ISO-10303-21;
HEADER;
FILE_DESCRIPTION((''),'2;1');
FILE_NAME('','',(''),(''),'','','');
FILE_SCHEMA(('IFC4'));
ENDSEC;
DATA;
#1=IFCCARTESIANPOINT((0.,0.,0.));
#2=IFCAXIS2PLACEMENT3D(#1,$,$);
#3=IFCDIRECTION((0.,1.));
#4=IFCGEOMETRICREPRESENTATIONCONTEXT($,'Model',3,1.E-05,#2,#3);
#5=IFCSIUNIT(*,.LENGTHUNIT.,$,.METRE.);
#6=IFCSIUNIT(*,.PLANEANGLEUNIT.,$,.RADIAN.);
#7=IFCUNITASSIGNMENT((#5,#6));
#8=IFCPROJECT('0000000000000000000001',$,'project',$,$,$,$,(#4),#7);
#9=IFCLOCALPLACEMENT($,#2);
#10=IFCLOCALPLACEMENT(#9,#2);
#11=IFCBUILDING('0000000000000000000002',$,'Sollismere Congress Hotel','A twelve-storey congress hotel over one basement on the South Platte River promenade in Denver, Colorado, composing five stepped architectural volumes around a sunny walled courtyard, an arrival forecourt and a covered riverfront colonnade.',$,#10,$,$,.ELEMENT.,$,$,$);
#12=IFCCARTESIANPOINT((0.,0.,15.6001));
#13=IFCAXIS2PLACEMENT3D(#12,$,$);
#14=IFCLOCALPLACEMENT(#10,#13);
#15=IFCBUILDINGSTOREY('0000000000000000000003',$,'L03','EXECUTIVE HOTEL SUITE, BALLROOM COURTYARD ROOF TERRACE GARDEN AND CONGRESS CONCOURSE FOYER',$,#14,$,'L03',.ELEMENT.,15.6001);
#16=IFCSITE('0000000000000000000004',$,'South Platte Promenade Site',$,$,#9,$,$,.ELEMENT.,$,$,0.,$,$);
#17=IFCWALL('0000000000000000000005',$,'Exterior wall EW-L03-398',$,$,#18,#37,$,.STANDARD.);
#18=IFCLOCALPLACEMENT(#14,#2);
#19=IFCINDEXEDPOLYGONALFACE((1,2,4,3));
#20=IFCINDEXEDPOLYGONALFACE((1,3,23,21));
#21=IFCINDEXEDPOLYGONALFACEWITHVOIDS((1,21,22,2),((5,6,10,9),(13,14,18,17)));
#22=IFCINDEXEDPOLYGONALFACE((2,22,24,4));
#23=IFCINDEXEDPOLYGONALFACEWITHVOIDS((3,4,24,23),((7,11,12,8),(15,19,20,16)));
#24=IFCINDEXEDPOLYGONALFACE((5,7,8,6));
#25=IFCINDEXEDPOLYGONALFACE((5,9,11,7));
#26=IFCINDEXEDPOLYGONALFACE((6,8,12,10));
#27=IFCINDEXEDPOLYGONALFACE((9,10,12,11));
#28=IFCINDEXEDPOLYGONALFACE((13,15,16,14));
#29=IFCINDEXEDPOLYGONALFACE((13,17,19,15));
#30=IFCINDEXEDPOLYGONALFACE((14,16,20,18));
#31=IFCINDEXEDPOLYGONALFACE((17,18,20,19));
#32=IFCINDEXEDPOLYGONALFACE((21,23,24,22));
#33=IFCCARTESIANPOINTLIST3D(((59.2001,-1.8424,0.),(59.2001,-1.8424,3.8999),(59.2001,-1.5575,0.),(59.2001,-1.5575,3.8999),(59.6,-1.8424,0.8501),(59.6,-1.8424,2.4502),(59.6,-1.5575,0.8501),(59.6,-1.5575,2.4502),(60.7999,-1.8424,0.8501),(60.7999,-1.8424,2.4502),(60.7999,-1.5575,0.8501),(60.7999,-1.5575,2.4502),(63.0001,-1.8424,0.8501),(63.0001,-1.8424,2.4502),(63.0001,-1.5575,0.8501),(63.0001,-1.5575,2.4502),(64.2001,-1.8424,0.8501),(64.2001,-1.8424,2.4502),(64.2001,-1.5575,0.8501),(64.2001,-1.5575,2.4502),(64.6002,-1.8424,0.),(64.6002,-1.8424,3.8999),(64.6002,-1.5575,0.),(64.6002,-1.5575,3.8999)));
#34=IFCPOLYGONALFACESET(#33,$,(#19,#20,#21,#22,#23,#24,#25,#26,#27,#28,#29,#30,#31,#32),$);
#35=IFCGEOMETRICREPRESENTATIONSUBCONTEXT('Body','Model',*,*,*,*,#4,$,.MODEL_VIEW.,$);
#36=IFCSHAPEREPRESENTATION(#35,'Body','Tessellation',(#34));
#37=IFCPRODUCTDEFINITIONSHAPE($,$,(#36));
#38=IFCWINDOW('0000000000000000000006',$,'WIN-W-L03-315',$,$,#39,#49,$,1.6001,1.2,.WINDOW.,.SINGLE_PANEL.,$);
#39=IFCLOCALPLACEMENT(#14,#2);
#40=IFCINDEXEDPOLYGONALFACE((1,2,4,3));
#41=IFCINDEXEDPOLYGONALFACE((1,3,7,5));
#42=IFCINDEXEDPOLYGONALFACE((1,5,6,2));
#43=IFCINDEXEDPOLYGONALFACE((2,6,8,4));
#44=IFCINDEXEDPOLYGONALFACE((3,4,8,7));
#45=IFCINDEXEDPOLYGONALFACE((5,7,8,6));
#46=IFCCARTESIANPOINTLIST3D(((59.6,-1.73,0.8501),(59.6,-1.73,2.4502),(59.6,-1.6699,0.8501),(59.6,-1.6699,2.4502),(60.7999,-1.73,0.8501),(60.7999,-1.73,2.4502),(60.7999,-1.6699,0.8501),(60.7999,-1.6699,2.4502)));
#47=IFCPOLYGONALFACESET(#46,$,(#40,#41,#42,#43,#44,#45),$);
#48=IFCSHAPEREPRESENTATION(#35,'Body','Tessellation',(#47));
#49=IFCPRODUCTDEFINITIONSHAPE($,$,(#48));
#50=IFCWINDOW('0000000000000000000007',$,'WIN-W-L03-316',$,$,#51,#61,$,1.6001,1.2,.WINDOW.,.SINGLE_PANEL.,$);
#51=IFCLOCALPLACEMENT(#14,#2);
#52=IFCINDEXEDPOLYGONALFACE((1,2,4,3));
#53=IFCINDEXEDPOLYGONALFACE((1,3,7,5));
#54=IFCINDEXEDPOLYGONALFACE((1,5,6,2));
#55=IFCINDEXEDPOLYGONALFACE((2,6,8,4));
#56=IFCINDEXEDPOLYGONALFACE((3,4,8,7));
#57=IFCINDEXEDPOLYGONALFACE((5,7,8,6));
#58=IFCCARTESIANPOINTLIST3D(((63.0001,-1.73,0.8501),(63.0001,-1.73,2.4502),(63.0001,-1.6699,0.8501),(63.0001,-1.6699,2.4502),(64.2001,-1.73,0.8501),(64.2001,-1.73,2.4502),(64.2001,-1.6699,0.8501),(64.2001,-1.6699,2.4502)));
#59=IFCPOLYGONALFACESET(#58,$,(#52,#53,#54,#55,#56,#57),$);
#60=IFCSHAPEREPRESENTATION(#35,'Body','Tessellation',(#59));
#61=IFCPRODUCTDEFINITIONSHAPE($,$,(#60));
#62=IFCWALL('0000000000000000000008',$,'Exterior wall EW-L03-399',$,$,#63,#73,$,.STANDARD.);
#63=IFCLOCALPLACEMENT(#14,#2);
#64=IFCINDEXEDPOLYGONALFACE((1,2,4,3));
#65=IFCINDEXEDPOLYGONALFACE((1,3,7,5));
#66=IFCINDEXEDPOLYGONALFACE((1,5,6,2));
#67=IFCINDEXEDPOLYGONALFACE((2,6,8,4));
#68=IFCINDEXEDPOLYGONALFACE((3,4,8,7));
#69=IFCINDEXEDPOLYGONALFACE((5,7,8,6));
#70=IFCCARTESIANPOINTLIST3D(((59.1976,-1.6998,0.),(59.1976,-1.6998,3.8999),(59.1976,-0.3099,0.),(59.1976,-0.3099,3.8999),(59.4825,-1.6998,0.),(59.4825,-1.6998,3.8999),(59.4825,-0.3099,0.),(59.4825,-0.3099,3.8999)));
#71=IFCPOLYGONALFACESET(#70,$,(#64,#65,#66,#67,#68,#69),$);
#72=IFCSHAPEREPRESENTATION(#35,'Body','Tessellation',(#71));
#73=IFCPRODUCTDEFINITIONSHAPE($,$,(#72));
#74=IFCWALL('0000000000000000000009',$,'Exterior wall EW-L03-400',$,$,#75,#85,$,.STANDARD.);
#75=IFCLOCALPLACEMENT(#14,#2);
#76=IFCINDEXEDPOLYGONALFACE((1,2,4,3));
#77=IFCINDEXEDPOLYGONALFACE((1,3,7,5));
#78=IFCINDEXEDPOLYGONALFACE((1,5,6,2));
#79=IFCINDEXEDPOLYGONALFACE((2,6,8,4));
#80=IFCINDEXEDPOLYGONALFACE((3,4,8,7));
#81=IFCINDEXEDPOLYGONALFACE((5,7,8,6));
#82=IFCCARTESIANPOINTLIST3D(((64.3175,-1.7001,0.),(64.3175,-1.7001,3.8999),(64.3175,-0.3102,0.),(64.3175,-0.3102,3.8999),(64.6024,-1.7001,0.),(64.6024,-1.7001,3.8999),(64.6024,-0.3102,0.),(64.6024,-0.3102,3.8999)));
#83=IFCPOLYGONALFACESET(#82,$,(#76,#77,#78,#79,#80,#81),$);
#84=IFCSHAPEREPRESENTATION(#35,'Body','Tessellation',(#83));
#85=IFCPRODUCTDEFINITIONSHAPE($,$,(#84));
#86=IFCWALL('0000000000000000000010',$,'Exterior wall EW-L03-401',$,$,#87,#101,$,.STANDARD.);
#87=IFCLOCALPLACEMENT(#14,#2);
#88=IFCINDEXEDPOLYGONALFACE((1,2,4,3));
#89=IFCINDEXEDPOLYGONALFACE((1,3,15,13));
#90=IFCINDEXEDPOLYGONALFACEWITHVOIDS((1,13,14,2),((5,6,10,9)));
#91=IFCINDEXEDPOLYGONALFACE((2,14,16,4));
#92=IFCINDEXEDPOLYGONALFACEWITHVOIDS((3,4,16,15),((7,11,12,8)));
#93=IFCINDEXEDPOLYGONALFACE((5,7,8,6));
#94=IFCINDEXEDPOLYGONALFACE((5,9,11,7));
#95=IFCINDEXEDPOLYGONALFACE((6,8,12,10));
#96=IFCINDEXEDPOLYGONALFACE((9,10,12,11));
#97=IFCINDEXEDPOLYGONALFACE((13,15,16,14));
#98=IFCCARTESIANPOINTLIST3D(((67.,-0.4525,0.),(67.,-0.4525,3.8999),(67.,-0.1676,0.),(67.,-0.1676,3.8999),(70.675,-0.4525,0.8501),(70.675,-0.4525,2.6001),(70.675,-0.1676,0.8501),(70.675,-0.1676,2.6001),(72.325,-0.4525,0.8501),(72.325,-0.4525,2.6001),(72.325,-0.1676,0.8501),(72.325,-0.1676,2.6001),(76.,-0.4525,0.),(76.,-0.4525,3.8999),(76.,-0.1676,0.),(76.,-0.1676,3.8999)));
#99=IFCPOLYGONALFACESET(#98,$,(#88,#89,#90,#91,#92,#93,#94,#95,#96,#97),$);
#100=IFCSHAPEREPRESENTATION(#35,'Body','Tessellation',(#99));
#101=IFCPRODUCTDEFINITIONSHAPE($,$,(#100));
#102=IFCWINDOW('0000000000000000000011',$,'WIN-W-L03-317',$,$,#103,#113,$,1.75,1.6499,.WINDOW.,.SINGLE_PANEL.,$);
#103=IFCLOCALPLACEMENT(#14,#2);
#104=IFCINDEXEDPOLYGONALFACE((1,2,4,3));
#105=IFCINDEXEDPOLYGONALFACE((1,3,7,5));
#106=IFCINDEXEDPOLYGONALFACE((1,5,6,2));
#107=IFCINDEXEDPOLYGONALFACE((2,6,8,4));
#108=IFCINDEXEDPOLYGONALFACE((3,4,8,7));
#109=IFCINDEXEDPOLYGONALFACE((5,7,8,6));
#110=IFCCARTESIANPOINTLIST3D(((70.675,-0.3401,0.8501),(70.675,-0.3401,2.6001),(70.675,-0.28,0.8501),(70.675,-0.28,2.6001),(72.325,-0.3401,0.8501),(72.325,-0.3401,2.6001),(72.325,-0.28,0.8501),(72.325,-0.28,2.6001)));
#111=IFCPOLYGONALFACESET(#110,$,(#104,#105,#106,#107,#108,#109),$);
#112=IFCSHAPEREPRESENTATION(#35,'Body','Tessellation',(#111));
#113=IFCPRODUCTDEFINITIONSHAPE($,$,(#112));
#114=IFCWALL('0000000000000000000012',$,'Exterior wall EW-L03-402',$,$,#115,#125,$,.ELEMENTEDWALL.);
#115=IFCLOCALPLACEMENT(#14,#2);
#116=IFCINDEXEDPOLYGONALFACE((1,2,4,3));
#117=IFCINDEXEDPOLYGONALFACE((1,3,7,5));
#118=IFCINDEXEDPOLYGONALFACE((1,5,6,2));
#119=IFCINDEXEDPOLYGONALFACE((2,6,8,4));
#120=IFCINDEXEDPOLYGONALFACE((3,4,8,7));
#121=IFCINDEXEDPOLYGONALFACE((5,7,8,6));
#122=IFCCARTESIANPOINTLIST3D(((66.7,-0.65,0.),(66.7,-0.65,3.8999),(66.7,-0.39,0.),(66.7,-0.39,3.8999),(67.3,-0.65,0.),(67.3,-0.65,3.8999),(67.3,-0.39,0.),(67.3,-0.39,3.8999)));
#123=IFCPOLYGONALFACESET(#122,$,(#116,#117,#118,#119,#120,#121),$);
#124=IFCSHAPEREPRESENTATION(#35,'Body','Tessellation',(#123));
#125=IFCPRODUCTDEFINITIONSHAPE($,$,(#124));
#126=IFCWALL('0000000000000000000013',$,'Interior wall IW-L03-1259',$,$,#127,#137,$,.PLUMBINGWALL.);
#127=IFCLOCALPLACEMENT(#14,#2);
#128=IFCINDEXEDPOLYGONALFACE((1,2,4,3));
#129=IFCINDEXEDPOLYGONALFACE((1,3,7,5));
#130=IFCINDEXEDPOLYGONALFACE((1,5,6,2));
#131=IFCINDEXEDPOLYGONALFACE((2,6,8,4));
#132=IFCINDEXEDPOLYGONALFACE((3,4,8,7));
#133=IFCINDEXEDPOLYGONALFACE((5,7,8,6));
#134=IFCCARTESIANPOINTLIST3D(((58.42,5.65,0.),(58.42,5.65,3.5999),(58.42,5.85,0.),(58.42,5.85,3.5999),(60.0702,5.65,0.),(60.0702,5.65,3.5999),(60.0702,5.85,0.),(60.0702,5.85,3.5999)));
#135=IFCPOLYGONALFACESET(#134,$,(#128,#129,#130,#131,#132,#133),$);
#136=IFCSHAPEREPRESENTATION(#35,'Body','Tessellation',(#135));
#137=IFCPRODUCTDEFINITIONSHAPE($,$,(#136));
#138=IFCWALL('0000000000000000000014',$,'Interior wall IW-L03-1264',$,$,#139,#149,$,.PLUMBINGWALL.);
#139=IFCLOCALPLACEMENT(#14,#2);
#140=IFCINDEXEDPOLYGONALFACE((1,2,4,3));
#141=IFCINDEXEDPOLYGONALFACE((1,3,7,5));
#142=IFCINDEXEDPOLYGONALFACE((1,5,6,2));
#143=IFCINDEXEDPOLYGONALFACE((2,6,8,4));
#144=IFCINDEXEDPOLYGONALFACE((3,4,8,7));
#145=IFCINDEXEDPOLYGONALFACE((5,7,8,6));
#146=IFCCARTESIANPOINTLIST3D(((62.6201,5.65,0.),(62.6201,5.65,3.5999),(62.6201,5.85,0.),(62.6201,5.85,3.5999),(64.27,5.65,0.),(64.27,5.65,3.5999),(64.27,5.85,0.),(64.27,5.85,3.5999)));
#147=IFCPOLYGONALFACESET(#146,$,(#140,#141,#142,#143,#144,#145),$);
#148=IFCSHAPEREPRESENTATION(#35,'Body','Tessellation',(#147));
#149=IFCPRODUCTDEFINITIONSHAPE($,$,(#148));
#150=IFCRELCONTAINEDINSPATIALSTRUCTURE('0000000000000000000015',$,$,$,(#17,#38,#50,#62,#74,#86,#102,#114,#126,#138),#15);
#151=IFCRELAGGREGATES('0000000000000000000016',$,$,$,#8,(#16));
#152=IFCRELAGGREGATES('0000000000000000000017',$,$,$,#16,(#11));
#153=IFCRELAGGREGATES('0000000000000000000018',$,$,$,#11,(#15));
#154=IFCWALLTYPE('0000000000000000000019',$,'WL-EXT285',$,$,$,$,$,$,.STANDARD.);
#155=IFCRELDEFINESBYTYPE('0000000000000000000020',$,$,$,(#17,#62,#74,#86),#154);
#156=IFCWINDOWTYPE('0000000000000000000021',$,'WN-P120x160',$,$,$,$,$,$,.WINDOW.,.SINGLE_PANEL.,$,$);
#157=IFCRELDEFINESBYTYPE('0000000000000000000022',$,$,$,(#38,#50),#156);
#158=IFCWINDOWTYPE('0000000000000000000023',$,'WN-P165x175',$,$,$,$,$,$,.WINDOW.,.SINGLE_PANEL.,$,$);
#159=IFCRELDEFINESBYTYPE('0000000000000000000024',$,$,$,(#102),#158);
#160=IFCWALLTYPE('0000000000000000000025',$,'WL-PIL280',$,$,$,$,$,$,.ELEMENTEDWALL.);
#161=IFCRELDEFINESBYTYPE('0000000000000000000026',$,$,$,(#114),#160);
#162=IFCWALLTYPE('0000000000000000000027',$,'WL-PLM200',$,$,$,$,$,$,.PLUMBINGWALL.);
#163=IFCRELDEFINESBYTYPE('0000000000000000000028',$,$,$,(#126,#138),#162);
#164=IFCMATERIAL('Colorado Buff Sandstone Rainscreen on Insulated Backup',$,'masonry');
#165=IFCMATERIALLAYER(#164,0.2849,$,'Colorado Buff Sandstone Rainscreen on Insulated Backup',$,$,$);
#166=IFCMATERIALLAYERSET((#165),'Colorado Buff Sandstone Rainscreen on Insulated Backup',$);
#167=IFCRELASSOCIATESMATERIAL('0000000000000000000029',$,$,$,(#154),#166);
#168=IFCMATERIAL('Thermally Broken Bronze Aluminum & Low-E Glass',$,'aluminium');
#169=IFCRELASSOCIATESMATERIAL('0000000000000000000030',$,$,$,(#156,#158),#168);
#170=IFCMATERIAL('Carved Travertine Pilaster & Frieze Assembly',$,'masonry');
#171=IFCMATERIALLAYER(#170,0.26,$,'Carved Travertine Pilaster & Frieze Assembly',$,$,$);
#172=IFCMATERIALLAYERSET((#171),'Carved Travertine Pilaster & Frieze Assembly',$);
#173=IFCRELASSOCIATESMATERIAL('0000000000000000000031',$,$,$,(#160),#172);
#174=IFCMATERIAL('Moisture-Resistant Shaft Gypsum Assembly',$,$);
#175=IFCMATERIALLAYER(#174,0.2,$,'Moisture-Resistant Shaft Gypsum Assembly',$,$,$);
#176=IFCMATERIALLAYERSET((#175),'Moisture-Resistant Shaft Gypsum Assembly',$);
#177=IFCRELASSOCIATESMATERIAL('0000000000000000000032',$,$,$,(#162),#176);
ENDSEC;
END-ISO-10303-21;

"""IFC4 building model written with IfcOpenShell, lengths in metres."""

from ifc_helpers import new_model, si_unit, direction, frame, frame_2d, origin, place, context, subcontext, project, spatial, rectangle, extrude, material, layer, layer_set, type_object, element, fill, save


model = new_model("IFC4")

# Units and contexts
model_context = context("Model", 3, precision=1e-05, world=origin(), true_north=direction((0.0, 1.0)))
body_context = subcontext(model_context, "Body", "Model", "MODEL_VIEW")
ifc_project = project(units=[si_unit("LENGTHUNIT", "METRE"), si_unit("PLANEANGLEUNIT", "RADIAN")], contexts=[model_context])

# Site, building, storey
site_placement = place(None, origin())
site = spatial("IfcSite", under=ifc_project, at=site_placement, Name="South Platte Promenade Site", CompositionType="ELEMENT", RefElevation=0.0)
building_placement = place(site_placement, origin())
building = spatial("IfcBuilding", under=site, at=building_placement, Name="Sollismere Congress Hotel", Description="A twelve-storey congress hotel over one basement on the South Platte River promenade in Denver, Colorado, composing five stepped architectural volumes around a sunny walled courtyard, an arrival forecourt and a covered riverfront colonnade.", CompositionType="ELEMENT")
storey_placement = place(building_placement, frame((0.0, 0.0, 15.6001)))
storey = spatial("IfcBuildingStorey", under=building, at=storey_placement, Name="L03", Description="EXECUTIVE HOTEL SUITE, BALLROOM COURTYARD ROOF TERRACE GARDEN AND CONGRESS CONCOURSE FOYER", LongName="L03", CompositionType="ELEMENT", Elevation=15.6001)

# Shared definitions
ifc_material_1 = material(Name="Colorado Buff Sandstone Rainscreen on Insulated Backup", Category="masonry")
ifc_layer_1 = layer(ifc_material_1, 0.2849, Name="Colorado Buff Sandstone Rainscreen on Insulated Backup")
ifc_layer_set_1 = layer_set([ifc_layer_1], Name="Colorado Buff Sandstone Rainscreen on Insulated Backup")
wall_type_1 = type_object("IfcWallType", Name="WL-EXT285", PredefinedType="STANDARD", material=ifc_layer_set_1)
ifc_material_2 = material(Name="Thermally Broken Bronze Aluminum & Low-E Glass", Category="aluminium")

# Wall, openings, windows
wall_1_placement = place(storey_placement, frame((59.2, -1.7, 0.0), z_axis=(0.0, 0.0, 1.0), x_axis=(1.0, 0.0, 0.0)))
wall_1 = element("IfcWall", 1, at=wall_1_placement, inside=storey, type_object=wall_type_1, Name="Exterior wall EW-L03-398", PredefinedType="STANDARD", context=body_context, shape_type="SweptSolid", body=[
    extrude(rectangle(XDim=5.4001, YDim=0.2849, at=frame_2d((2.7002, 0.0))), origin(), (0.0, 0.0, 1.0), 3.8999),
])
opening_1_placement = place(wall_1_placement, frame((0.3999, 0.0, 0.8501)))
opening_1 = element("IfcOpeningElement", 2, at=opening_1_placement, cuts=wall_1, PredefinedType="OPENING", context=body_context, shape_type="SweptSolid", body=[
    extrude(rectangle(XDim=1.2, YDim=1.6001, at=frame_2d((0.6001, 0.8))), frame((0.0, 0.1523, 0.0), z_axis=(0.0, -1.0, 0.0), x_axis=(1.0, 0.0, 0.0)), (0.0, 0.0, 1.0), 0.3049),
])
opening_2_placement = place(wall_1_placement, frame((3.8, 0.0, 0.8501)))
opening_2 = element("IfcOpeningElement", 3, at=opening_2_placement, cuts=wall_1, PredefinedType="OPENING", context=body_context, shape_type="SweptSolid", body=[
    extrude(rectangle(XDim=1.2, YDim=1.6001, at=frame_2d((0.6001, 0.8))), frame((0.0, 0.1523, 0.0), z_axis=(0.0, -1.0, 0.0), x_axis=(1.0, 0.0, 0.0)), (0.0, 0.0, 1.0), 0.3049),
])
window_type_1 = type_object("IfcWindowType", Name="WN-P120x160", PartitioningType="SINGLE_PANEL", PredefinedType="WINDOW", material=ifc_material_2)
window_1_placement = place(opening_1_placement, origin())
window_1 = element("IfcWindow", 4, at=window_1_placement, inside=storey, type_object=window_type_1, Name="WIN-W-L03-315", OverallHeight=1.6001, OverallWidth=1.2, PartitioningType="SINGLE_PANEL", PredefinedType="WINDOW", context=body_context, shape_type="SweptSolid", body=[
    extrude(rectangle(XDim=1.2, YDim=1.6001, at=frame_2d((0.6001, 0.8))), frame((0.0, 0.03, 0.0), z_axis=(0.0, -1.0, 0.0), x_axis=(1.0, 0.0, 0.0)), (0.0, 0.0, 1.0), 0.0601),
])
fill(opening_1, window_1)
window_2_placement = place(opening_2_placement, origin())
window_2 = element("IfcWindow", 5, at=window_2_placement, inside=storey, type_object=window_type_1, Name="WIN-W-L03-316", OverallHeight=1.6001, OverallWidth=1.2, PartitioningType="SINGLE_PANEL", PredefinedType="WINDOW", context=body_context, shape_type="SweptSolid", body=[
    extrude(rectangle(XDim=1.2, YDim=1.6001, at=frame_2d((0.6001, 0.8))), frame((0.0, 0.03, 0.0), z_axis=(0.0, -1.0, 0.0), x_axis=(1.0, 0.0, 0.0)), (0.0, 0.0, 1.0), 0.0601),
])
fill(opening_2, window_2)

# Walls
for number, where, z_axis, x_axis, name in (
    (6, (59.3401, -0.3101, 0.0), (0.0, 0.0, 1.0), (0.0, -1.0, 0.0), "Exterior wall EW-L03-399"),
    (7, (64.46, -1.7, 0.0), (0.0, 0.0, 1.0), (0.0, 1.0, 0.0), "Exterior wall EW-L03-400"),
):
    element("IfcWall", number, at=place(storey_placement, frame(where, z_axis=z_axis, x_axis=x_axis)), inside=storey, type_object=wall_type_1, Name=name, PredefinedType="STANDARD", context=body_context, shape_type="SweptSolid", body=[
        extrude(rectangle(XDim=1.3899, YDim=0.2849, at=frame_2d((0.6948, 0.0))), origin(), (0.0, 0.0, 1.0), 3.8999),
    ])

# Wall, opening, window
wall_2_placement = place(storey_placement, frame((67.0, -0.3101, 0.0), z_axis=(0.0, 0.0, 1.0), x_axis=(1.0, 0.0, 0.0)))
wall_2 = element("IfcWall", 8, at=wall_2_placement, inside=storey, type_object=wall_type_1, Name="Exterior wall EW-L03-401", PredefinedType="STANDARD", context=body_context, shape_type="SweptSolid", body=[
    extrude(rectangle(XDim=9.0, YDim=0.2849, at=frame_2d((4.5, 0.0))), origin(), (0.0, 0.0, 1.0), 3.8999),
])
opening_3_placement = place(wall_2_placement, frame((3.675, 0.0, 0.8501)))
opening_3 = element("IfcOpeningElement", 9, at=opening_3_placement, cuts=wall_2, PredefinedType="OPENING", context=body_context, shape_type="SweptSolid", body=[
    extrude(rectangle(XDim=1.6499, YDim=1.75, at=frame_2d((0.825, 0.875))), frame((0.0, 0.1523, 0.0), z_axis=(0.0, -1.0, 0.0), x_axis=(1.0, 0.0, 0.0)), (0.0, 0.0, 1.0), 0.3049),
])
window_type_2 = type_object("IfcWindowType", Name="WN-P165x175", PartitioningType="SINGLE_PANEL", PredefinedType="WINDOW", material=ifc_material_2)
window_3_placement = place(opening_3_placement, origin())
window_3 = element("IfcWindow", 10, at=window_3_placement, inside=storey, type_object=window_type_2, Name="WIN-W-L03-317", OverallHeight=1.75, OverallWidth=1.6499, PartitioningType="SINGLE_PANEL", PredefinedType="WINDOW", context=body_context, shape_type="SweptSolid", body=[
    extrude(rectangle(XDim=1.6499, YDim=1.75, at=frame_2d((0.825, 0.875))), frame((0.0, 0.03, 0.0), z_axis=(0.0, -1.0, 0.0), x_axis=(1.0, 0.0, 0.0)), (0.0, 0.0, 1.0), 0.0601),
])
fill(opening_3, window_3)

# Walls
ifc_material_3 = material(Name="Carved Travertine Pilaster & Frieze Assembly", Category="masonry")
ifc_layer_2 = layer(ifc_material_3, 0.26, Name="Carved Travertine Pilaster & Frieze Assembly")
ifc_layer_set_2 = layer_set([ifc_layer_2], Name="Carved Travertine Pilaster & Frieze Assembly")
wall_type_2 = type_object("IfcWallType", Name="WL-PIL280", PredefinedType="ELEMENTEDWALL", material=ifc_layer_set_2)
wall_3_placement = place(storey_placement, frame((66.7, -0.52, 0.0), z_axis=(0.0, 0.0, 1.0), x_axis=(1.0, 0.0, 0.0)))
element("IfcWall", 11, at=wall_3_placement, inside=storey, type_object=wall_type_2, Name="Exterior wall EW-L03-402", PredefinedType="ELEMENTEDWALL", context=body_context, shape_type="SweptSolid", body=[
    extrude(rectangle(XDim=0.6001, YDim=0.26, at=frame_2d((0.3, 0.0))), origin(), (0.0, 0.0, 1.0), 3.8999),
])
ifc_material_4 = material(Name="Moisture-Resistant Shaft Gypsum Assembly")
ifc_layer_3 = layer(ifc_material_4, 0.2, Name="Moisture-Resistant Shaft Gypsum Assembly")
ifc_layer_set_3 = layer_set([ifc_layer_3], Name="Moisture-Resistant Shaft Gypsum Assembly")
wall_type_3 = type_object("IfcWallType", Name="WL-PLM200", PredefinedType="PLUMBINGWALL", material=ifc_layer_set_3)
wall_4_placement = place(storey_placement, frame((58.4199, 5.75, 0.0), z_axis=(0.0, 0.0, 1.0), x_axis=(1.0, 0.0, 0.0)))
element("IfcWall", 12, at=wall_4_placement, inside=storey, type_object=wall_type_3, Name="Interior wall IW-L03-1259", PredefinedType="PLUMBINGWALL", context=body_context, shape_type="SweptSolid", body=[
    extrude(rectangle(XDim=1.6501, YDim=0.2, at=frame_2d((0.8252, 0.0))), origin(), (0.0, 0.0, 1.0), 3.5999),
])
wall_5_placement = place(storey_placement, frame((62.6201, 5.75, 0.0), z_axis=(0.0, 0.0, 1.0), x_axis=(1.0, 0.0, 0.0)))
element("IfcWall", 13, at=wall_5_placement, inside=storey, type_object=wall_type_3, Name="Interior wall IW-L03-1264", PredefinedType="PLUMBINGWALL", context=body_context, shape_type="SweptSolid", body=[
    extrude(rectangle(XDim=1.6499, YDim=0.2, at=frame_2d((0.825, 0.0))), origin(), (0.0, 0.0, 1.0), 3.5999),
])

save(model, "model.ifc")
